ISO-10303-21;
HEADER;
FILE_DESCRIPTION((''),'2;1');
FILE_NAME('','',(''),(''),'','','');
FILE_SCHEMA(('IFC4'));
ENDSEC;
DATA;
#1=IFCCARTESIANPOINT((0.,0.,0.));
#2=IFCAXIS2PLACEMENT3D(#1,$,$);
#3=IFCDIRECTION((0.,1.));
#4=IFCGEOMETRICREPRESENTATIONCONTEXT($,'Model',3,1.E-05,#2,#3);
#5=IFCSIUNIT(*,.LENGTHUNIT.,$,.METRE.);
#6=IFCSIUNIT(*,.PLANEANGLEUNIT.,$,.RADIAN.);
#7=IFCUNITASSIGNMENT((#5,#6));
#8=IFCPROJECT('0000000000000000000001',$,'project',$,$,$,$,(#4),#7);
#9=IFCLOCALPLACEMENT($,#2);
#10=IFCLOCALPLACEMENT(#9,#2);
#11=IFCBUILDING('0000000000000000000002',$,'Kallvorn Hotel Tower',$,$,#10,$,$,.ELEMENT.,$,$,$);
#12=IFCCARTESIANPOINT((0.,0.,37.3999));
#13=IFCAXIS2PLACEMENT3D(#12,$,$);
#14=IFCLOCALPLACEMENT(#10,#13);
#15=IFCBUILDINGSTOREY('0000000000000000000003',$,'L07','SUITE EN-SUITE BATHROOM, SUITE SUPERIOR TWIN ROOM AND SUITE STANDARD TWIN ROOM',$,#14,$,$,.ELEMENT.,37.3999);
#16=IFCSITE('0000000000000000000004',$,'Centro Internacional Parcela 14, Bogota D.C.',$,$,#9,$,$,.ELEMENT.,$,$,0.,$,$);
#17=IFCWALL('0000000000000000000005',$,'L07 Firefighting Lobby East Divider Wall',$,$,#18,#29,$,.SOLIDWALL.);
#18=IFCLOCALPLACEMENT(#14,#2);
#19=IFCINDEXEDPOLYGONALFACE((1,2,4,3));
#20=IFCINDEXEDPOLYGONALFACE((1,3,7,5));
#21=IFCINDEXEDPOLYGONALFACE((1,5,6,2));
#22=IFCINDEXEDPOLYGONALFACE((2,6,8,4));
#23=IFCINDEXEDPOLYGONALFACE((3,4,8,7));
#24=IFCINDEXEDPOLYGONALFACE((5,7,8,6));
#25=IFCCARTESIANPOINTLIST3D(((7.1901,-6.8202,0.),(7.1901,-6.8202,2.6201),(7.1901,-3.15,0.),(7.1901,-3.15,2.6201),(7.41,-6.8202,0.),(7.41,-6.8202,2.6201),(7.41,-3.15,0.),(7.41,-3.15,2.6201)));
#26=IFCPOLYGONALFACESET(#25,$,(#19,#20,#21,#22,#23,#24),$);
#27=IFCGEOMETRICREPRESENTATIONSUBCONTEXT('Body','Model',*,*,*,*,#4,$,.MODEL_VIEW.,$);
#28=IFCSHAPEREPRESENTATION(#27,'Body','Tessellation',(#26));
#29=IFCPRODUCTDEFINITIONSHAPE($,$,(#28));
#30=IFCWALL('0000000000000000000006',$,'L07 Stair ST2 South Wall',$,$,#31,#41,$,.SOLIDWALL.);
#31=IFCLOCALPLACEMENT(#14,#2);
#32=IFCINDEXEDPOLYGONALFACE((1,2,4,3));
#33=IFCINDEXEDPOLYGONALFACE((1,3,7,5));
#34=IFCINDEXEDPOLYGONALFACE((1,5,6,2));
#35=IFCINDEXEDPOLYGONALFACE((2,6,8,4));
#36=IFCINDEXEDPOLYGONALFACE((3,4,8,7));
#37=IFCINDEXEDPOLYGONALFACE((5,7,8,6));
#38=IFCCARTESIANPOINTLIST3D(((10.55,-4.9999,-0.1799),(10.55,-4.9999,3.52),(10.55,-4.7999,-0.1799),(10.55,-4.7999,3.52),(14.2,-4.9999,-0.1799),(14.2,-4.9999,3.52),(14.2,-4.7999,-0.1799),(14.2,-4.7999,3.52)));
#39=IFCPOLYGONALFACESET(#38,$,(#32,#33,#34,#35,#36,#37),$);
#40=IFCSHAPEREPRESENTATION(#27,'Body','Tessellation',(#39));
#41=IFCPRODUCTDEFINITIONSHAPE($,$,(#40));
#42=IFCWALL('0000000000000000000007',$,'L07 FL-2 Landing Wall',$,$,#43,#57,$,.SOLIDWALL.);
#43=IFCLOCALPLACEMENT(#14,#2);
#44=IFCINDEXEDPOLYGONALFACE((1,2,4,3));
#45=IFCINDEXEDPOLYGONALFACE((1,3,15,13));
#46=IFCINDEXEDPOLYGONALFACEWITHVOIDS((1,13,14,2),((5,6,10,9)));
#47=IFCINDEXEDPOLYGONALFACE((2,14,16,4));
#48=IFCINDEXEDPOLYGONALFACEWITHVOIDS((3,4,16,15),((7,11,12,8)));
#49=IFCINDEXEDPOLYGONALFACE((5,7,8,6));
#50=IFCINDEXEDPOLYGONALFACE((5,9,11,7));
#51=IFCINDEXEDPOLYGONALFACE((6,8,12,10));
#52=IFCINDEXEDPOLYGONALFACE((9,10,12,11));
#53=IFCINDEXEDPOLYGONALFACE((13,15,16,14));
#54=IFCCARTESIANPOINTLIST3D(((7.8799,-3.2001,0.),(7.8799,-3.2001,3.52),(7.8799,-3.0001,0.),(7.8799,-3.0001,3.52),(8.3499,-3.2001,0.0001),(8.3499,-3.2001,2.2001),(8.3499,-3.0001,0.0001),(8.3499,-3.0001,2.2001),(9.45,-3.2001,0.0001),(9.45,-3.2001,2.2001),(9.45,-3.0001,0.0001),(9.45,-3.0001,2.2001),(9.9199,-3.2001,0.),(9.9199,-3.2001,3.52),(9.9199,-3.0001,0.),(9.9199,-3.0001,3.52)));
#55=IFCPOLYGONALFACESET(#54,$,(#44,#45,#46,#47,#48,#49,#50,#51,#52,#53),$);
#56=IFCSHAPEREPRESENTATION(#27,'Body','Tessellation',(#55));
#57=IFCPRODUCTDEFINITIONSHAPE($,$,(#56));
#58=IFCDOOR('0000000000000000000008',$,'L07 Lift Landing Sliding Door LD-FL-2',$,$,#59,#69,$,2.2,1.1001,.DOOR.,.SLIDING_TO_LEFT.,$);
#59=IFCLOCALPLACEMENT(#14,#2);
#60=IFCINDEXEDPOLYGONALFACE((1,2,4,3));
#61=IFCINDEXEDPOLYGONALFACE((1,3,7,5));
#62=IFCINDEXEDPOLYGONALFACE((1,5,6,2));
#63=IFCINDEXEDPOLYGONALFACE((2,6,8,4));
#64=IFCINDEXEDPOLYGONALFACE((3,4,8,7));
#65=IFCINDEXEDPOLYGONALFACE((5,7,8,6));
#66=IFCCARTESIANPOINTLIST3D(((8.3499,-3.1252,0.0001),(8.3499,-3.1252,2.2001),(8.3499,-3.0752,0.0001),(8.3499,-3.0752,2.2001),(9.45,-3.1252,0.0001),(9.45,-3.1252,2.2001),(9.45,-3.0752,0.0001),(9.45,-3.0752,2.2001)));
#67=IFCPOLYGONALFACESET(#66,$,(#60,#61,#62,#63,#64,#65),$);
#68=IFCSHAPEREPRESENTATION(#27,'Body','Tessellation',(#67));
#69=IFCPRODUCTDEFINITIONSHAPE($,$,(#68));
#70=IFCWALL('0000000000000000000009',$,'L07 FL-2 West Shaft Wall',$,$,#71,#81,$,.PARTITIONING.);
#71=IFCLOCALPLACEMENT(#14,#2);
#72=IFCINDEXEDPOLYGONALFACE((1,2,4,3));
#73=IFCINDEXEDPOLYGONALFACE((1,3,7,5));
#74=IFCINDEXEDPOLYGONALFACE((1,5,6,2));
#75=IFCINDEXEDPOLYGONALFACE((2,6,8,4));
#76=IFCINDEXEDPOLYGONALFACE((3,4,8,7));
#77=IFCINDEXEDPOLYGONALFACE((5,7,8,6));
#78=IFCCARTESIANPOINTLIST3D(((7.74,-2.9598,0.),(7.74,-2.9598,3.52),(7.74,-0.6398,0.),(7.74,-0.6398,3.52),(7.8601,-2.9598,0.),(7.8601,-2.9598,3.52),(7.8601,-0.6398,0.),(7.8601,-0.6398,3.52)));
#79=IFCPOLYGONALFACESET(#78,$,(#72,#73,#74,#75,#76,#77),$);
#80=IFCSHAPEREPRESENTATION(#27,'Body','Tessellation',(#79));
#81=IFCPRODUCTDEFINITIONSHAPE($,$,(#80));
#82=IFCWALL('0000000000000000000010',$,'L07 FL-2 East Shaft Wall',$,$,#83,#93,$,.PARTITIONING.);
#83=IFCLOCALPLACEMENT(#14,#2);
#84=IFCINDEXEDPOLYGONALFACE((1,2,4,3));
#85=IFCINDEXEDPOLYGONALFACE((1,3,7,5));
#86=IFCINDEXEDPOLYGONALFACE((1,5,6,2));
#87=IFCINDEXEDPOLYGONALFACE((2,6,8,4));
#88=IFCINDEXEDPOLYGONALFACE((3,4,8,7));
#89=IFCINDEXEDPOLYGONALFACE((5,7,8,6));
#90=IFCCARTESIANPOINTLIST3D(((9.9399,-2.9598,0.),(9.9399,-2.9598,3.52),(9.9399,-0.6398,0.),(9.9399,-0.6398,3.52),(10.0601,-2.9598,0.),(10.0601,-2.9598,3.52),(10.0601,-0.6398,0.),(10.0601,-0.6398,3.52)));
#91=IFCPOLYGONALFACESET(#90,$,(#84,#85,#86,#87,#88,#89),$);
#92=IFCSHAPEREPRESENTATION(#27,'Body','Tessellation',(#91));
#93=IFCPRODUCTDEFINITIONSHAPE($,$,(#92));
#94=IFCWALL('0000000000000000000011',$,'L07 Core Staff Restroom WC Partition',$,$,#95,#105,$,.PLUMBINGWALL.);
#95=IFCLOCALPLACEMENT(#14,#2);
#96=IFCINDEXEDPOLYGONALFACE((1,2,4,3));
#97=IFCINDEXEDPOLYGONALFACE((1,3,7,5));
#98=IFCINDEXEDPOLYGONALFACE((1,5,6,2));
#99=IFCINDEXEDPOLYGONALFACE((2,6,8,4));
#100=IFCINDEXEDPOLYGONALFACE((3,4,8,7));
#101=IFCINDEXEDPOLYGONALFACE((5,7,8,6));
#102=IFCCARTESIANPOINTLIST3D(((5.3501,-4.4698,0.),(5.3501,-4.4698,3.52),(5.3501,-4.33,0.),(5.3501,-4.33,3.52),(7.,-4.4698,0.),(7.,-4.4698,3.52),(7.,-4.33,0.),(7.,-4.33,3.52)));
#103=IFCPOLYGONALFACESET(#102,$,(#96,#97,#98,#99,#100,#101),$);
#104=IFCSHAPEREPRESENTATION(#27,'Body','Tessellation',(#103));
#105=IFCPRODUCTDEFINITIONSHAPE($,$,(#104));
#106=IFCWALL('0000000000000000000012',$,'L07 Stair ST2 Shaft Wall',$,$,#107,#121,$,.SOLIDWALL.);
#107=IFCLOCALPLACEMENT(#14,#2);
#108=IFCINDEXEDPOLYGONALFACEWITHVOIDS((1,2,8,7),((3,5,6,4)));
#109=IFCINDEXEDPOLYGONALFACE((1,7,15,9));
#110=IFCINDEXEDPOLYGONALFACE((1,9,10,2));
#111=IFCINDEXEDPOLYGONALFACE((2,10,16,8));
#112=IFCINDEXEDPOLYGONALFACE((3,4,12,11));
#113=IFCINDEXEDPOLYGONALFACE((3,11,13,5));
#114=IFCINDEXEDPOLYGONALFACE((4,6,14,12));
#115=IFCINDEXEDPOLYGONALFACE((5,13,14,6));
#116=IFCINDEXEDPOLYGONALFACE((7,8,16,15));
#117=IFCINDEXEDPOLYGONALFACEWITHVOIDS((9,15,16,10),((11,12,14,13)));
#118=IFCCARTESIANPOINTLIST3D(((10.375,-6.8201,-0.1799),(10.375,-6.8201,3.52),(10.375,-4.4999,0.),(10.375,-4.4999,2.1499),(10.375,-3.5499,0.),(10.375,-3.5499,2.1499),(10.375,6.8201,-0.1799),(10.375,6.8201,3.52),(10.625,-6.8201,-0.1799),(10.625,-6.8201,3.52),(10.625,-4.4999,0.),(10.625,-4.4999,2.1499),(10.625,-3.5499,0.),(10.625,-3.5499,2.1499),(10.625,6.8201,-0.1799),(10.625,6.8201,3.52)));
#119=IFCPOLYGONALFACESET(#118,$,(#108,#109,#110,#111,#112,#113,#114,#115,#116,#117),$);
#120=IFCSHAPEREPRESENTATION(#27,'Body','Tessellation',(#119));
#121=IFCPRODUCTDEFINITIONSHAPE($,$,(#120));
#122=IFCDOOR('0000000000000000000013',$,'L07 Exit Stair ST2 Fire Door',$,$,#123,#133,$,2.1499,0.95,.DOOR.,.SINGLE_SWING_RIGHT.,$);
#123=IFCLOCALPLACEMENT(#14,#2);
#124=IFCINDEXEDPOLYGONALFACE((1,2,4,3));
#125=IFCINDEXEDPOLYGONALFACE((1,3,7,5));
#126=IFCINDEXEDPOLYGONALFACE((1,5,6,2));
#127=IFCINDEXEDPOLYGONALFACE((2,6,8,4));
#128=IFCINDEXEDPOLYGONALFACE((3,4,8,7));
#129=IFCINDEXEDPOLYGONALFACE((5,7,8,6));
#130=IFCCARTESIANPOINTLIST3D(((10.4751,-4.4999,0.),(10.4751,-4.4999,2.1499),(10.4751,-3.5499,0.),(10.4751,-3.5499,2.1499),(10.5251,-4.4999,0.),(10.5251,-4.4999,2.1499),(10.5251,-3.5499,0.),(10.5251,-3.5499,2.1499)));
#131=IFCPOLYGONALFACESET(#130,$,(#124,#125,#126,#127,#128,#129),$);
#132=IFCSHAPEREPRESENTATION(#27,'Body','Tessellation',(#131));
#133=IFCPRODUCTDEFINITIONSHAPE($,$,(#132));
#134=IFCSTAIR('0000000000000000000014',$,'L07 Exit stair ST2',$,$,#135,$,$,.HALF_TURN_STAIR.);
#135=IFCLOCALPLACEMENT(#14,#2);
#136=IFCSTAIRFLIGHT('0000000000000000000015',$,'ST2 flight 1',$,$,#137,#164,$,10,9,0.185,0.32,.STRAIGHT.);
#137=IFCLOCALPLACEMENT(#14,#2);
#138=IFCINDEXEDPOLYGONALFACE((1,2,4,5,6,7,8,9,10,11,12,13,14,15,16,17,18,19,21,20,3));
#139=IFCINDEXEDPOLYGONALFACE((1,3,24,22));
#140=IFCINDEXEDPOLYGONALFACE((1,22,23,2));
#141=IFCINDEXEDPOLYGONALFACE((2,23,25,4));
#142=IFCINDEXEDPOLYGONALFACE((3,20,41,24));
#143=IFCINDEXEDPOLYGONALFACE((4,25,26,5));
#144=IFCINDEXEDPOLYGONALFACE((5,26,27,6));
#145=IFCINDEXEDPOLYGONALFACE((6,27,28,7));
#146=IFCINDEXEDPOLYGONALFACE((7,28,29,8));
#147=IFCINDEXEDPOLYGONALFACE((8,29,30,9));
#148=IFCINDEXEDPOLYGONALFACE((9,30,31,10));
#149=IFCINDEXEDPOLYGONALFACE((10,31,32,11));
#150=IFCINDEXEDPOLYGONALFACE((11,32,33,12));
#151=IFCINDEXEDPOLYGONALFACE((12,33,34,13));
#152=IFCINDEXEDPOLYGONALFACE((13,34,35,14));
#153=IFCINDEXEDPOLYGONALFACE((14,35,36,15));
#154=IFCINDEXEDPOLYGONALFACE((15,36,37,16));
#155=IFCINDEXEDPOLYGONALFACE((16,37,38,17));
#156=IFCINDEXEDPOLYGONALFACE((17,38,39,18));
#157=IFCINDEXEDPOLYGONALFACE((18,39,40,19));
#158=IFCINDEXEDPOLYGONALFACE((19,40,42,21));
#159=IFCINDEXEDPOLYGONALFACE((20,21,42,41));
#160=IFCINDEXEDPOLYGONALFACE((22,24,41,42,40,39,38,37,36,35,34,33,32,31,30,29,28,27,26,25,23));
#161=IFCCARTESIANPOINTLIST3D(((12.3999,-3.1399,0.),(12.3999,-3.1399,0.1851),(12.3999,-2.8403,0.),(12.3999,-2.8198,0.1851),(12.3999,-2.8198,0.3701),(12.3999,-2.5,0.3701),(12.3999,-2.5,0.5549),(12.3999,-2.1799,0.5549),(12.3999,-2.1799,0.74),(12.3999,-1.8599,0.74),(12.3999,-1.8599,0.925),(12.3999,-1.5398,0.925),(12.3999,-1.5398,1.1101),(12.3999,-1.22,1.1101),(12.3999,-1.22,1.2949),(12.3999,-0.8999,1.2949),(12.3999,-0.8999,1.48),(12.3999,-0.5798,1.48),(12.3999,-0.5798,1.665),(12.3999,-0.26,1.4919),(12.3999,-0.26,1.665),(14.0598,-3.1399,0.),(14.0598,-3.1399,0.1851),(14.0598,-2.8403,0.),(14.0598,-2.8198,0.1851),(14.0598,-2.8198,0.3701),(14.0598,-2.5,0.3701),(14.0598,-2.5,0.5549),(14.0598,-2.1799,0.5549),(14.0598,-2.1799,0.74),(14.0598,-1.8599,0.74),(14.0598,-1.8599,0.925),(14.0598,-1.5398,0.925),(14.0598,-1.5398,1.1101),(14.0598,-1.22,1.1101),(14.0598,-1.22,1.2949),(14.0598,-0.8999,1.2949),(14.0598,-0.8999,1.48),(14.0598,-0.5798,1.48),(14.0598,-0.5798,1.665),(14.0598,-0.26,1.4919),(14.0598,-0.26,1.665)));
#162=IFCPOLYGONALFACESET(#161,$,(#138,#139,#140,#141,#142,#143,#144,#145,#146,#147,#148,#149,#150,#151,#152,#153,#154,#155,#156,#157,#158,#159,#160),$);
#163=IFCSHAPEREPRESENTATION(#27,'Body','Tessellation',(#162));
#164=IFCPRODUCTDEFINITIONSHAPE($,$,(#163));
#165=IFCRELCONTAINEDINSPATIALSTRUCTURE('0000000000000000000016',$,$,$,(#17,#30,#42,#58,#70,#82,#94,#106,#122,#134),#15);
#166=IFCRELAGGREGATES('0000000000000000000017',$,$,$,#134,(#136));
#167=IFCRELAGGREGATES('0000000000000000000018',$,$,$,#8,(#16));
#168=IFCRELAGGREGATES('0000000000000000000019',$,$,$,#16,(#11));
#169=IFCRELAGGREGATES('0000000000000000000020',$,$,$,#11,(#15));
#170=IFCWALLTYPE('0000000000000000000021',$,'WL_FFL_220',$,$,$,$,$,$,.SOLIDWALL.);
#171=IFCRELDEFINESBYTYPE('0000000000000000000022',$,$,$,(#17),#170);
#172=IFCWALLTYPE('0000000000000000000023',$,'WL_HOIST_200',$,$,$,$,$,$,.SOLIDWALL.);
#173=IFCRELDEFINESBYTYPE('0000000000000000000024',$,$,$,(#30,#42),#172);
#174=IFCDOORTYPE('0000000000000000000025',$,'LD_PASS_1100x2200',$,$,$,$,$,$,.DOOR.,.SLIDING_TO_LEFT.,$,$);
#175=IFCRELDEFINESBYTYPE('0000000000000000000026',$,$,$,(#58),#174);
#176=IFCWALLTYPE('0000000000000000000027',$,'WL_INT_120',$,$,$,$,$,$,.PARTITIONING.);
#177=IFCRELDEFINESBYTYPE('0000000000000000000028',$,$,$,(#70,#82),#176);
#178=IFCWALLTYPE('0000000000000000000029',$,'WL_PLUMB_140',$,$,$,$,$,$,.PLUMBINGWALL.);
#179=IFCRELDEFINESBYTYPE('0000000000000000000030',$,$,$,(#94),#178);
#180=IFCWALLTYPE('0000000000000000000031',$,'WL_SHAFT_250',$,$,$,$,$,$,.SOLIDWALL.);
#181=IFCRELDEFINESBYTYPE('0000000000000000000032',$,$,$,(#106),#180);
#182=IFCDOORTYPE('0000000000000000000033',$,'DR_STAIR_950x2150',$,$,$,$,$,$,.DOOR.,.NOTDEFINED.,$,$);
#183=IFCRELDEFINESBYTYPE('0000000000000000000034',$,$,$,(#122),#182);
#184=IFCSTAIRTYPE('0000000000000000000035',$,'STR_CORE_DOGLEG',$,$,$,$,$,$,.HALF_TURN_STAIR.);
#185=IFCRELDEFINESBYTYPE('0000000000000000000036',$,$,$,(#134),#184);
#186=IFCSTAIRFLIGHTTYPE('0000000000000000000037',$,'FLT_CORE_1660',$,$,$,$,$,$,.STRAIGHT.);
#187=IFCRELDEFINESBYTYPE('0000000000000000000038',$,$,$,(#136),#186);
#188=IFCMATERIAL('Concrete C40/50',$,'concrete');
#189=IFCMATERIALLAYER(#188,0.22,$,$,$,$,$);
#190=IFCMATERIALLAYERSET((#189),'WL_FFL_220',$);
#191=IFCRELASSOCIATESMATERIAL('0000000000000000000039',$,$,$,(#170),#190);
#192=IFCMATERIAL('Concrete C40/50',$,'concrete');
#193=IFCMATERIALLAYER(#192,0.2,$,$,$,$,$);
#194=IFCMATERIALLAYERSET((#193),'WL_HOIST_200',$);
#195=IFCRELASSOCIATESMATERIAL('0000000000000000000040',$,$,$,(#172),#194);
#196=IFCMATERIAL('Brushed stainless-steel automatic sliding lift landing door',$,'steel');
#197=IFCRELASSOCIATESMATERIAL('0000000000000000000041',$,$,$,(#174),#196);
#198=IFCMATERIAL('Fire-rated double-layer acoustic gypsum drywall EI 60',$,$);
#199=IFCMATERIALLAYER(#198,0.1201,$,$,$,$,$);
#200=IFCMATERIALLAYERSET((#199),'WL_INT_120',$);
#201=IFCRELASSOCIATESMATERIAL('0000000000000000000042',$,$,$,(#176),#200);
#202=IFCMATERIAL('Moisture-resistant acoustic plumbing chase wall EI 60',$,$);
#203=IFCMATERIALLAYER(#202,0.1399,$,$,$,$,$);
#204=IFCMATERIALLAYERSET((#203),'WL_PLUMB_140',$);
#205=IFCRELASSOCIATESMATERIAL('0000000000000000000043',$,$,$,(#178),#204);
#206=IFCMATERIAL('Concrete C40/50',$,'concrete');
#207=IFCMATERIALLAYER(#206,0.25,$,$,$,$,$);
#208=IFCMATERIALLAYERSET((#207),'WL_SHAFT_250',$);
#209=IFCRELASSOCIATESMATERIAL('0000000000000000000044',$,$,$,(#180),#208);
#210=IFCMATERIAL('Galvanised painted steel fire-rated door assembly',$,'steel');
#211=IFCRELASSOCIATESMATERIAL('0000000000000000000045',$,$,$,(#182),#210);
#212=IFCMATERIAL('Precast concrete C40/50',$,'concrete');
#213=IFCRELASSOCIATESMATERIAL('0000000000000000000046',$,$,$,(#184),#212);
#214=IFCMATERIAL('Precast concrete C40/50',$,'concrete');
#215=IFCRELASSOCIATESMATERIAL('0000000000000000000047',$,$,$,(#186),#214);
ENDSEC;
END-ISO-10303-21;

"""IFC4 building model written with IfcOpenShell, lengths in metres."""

from ifc_helpers import new_model, si_unit, direction, frame, frame_2d, origin, place, context, subcontext, project, spatial, polyline, rectangle, outline, extrude, material, layer, layer_set, type_object, element, fill, aggregate, save


model = new_model("IFC4")

# Units and contexts
model_context = context("Model", 3, precision=1e-05, world=origin(), true_north=direction((0.0, 1.0)))
body_context = subcontext(model_context, "Body", "Model", "MODEL_VIEW")
ifc_project = project(units=[si_unit("LENGTHUNIT", "METRE"), si_unit("PLANEANGLEUNIT", "RADIAN")], contexts=[model_context])

# Site, building, storey
site_placement = place(None, origin())
site = spatial("IfcSite", under=ifc_project, at=site_placement, Name="Centro Internacional Parcela 14, Bogota D.C.", CompositionType="ELEMENT", RefElevation=0.0)
building_placement = place(site_placement, origin())
building = spatial("IfcBuilding", under=site, at=building_placement, Name="Kallvorn Hotel Tower", CompositionType="ELEMENT")
storey_placement = place(building_placement, frame((0.0, 0.0, 37.3999)))
storey = spatial("IfcBuildingStorey", under=building, at=storey_placement, Name="L07", Description="SUITE EN-SUITE BATHROOM, SUITE SUPERIOR TWIN ROOM AND SUITE STANDARD TWIN ROOM", CompositionType="ELEMENT", Elevation=37.3999)

# Walls
ifc_material_1 = material(Name="Concrete C40/50", Category="concrete")
ifc_layer_1 = layer(ifc_material_1, 0.22)
ifc_layer_set_1 = layer_set([ifc_layer_1], Name="WL_FFL_220")
wall_type_1 = type_object("IfcWallType", Name="WL_FFL_220", PredefinedType="SOLIDWALL", material=ifc_layer_set_1)
wall_1_placement = place(storey_placement, frame((7.3, -6.8201, 0.0), z_axis=(0.0, 0.0, 1.0), x_axis=(0.0, 1.0, 0.0)))
element("IfcWall", 1, at=wall_1_placement, inside=storey, type_object=wall_type_1, Name="L07 Firefighting Lobby East Divider Wall", PredefinedType="SOLIDWALL", context=body_context, shape_type="SweptSolid", body=[
    extrude(rectangle(XDim=3.6702, YDim=0.22, at=frame_2d((1.835, 0.0))), origin(), (0.0, 0.0, 1.0), 2.6201),
])
ifc_material_2 = material(Name="Concrete C40/50", Category="concrete")
ifc_layer_2 = layer(ifc_material_2, 0.2)
ifc_layer_set_2 = layer_set([ifc_layer_2], Name="WL_HOIST_200")
wall_type_2 = type_object("IfcWallType", Name="WL_HOIST_200", PredefinedType="SOLIDWALL", material=ifc_layer_set_2)
wall_2_placement = place(storey_placement, frame((10.55, -4.8999, -0.1799), z_axis=(0.0, 0.0, 1.0), x_axis=(1.0, 0.0, 0.0)))
element("IfcWall", 2, at=wall_2_placement, inside=storey, type_object=wall_type_2, Name="L07 Stair ST2 South Wall", PredefinedType="SOLIDWALL", context=body_context, shape_type="SweptSolid", body=[
    extrude(rectangle(XDim=3.6499, YDim=0.2, at=frame_2d((1.825, 0.0))), origin(), (0.0, 0.0, 1.0), 3.7),
])

# Wall, opening, door
wall_3_placement = place(storey_placement, frame((7.8799, -3.1001, 0.0), z_axis=(0.0, 0.0, 1.0), x_axis=(1.0, 0.0, 0.0)))
wall_3 = element("IfcWall", 3, at=wall_3_placement, inside=storey, type_object=wall_type_2, Name="L07 FL-2 Landing Wall", PredefinedType="SOLIDWALL", context=body_context, shape_type="SweptSolid", body=[
    extrude(rectangle(XDim=2.04, YDim=0.2, at=frame_2d((1.02, 0.0))), origin(), (0.0, 0.0, 1.0), 3.52),
])
opening_1_placement = place(wall_3_placement, frame((0.47, 0.0, 0.0)))
opening_1 = element("IfcOpeningElement", 4, at=opening_1_placement, cuts=wall_3, PredefinedType="OPENING", context=body_context, shape_type="SweptSolid", body=[
    extrude(rectangle(XDim=1.1001, YDim=2.2, at=frame_2d((0.55, 1.1001))), frame((0.0, 0.115, 0.0), z_axis=(0.0, -1.0, 0.0), x_axis=(1.0, 0.0, 0.0)), (0.0, 0.0, 1.0), 0.23),
])
ifc_material_3 = material(Name="Brushed stainless-steel automatic sliding lift landing door", Category="steel")
door_type_1 = type_object("IfcDoorType", Name="LD_PASS_1100x2200", OperationType="SLIDING_TO_LEFT", PredefinedType="DOOR", material=ifc_material_3)
door_1_placement = place(opening_1_placement, origin())
door_1 = element("IfcDoor", 5, at=door_1_placement, inside=storey, type_object=door_type_1, Name="L07 Lift Landing Sliding Door LD-FL-2", OperationType="SLIDING_TO_LEFT", OverallHeight=2.2, OverallWidth=1.1001, PredefinedType="DOOR", context=body_context, shape_type="SweptSolid", body=[
    extrude(rectangle(XDim=1.1001, YDim=2.2, at=frame_2d((0.55, 1.1001))), frame((0.0, 0.0249, 0.0), z_axis=(0.0, -1.0, 0.0), x_axis=(1.0, 0.0, 0.0)), (0.0, 0.0, 1.0), 0.05),
])
fill(opening_1, door_1)

# Walls
ifc_material_4 = material(Name="Fire-rated double-layer acoustic gypsum drywall EI 60")
ifc_layer_3 = layer(ifc_material_4, 0.1201)
ifc_layer_set_3 = layer_set([ifc_layer_3], Name="WL_INT_120")
wall_type_3 = type_object("IfcWallType", Name="WL_INT_120", PredefinedType="PARTITIONING", material=ifc_layer_set_3)
for number, where, z_axis, x_axis, name in (
    (6, (7.8, -2.96, 0.0), (0.0, 0.0, 1.0), (0.0, 1.0, 0.0), "L07 FL-2 West Shaft Wall"),
    (7, (10.0, -2.96, 0.0), (0.0, 0.0, 1.0), (0.0, 1.0, 0.0), "L07 FL-2 East Shaft Wall"),
):
    element("IfcWall", number, at=place(storey_placement, frame(where, z_axis=z_axis, x_axis=x_axis)), inside=storey, type_object=wall_type_3, Name=name, PredefinedType="PARTITIONING", context=body_context, shape_type="SweptSolid", body=[
        extrude(rectangle(XDim=2.3201, YDim=0.1201, at=frame_2d((1.1602, 0.0))), origin(), (0.0, 0.0, 1.0), 3.52),
    ])
ifc_material_5 = material(Name="Moisture-resistant acoustic plumbing chase wall EI 60")
ifc_layer_4 = layer(ifc_material_5, 0.1399)
ifc_layer_set_4 = layer_set([ifc_layer_4], Name="WL_PLUMB_140")
wall_type_4 = type_object("IfcWallType", Name="WL_PLUMB_140", PredefinedType="PLUMBINGWALL", material=ifc_layer_set_4)
wall_4_placement = place(storey_placement, frame((5.3501, -4.3999, 0.0), z_axis=(0.0, 0.0, 1.0), x_axis=(1.0, 0.0, 0.0)))
element("IfcWall", 8, at=wall_4_placement, inside=storey, type_object=wall_type_4, Name="L07 Core Staff Restroom WC Partition", PredefinedType="PLUMBINGWALL", context=body_context, shape_type="SweptSolid", body=[
    extrude(rectangle(XDim=1.6499, YDim=0.1399, at=frame_2d((0.825, 0.0))), origin(), (0.0, 0.0, 1.0), 3.52),
])

# Wall, opening, door
ifc_material_6 = material(Name="Concrete C40/50", Category="concrete")
ifc_layer_5 = layer(ifc_material_6, 0.25)
ifc_layer_set_5 = layer_set([ifc_layer_5], Name="WL_SHAFT_250")
wall_type_5 = type_object("IfcWallType", Name="WL_SHAFT_250", PredefinedType="SOLIDWALL", material=ifc_layer_set_5)
wall_5_placement = place(storey_placement, frame((10.5, -6.8201, -0.1799), z_axis=(0.0, 0.0, 1.0), x_axis=(0.0, 1.0, 0.0)))
wall_5 = element("IfcWall", 9, at=wall_5_placement, inside=storey, type_object=wall_type_5, Name="L07 Stair ST2 Shaft Wall", PredefinedType="SOLIDWALL", context=body_context, shape_type="SweptSolid", body=[
    extrude(rectangle(XDim=13.6401, YDim=0.25, at=frame_2d((6.8201, 0.0))), origin(), (0.0, 0.0, 1.0), 3.7),
])
opening_2_placement = place(wall_5_placement, frame((2.3201, 0.0, 0.1799)))
opening_2 = element("IfcOpeningElement", 10, at=opening_2_placement, cuts=wall_5, PredefinedType="OPENING", context=body_context, shape_type="SweptSolid", body=[
    extrude(rectangle(XDim=0.95, YDim=2.1499, at=frame_2d((0.4751, 1.075))), frame((0.0, 0.1399, 0.0), z_axis=(0.0, -1.0, 0.0), x_axis=(1.0, 0.0, 0.0)), (0.0, 0.0, 1.0), 0.28),
])
ifc_material_7 = material(Name="Galvanised painted steel fire-rated door assembly", Category="steel")
door_type_2 = type_object("IfcDoorType", Name="DR_STAIR_950x2150", OperationType="NOTDEFINED", PredefinedType="DOOR", material=ifc_material_7)
door_2_placement = place(opening_2_placement, origin())
door_2 = element("IfcDoor", 11, at=door_2_placement, inside=storey, type_object=door_type_2, Name="L07 Exit Stair ST2 Fire Door", OperationType="SINGLE_SWING_RIGHT", OverallHeight=2.1499, OverallWidth=0.95, PredefinedType="DOOR", context=body_context, shape_type="SweptSolid", body=[
    extrude(rectangle(XDim=0.95, YDim=2.1499, at=frame_2d((0.4751, 1.075))), frame((0.0, 0.0249, 0.0), z_axis=(0.0, -1.0, 0.0), x_axis=(1.0, 0.0, 0.0)), (0.0, 0.0, 1.0), 0.05),
])
fill(opening_2, door_2)

# Stair, stair flight
ifc_material_8 = material(Name="Precast concrete C40/50", Category="concrete")
stair_type = type_object("IfcStairType", Name="STR_CORE_DOGLEG", PredefinedType="HALF_TURN_STAIR", material=ifc_material_8)
stair_placement = place(storey_placement, origin())
stair = element("IfcStair", 12, at=stair_placement, inside=storey, type_object=stair_type, Name="L07 Exit stair ST2", PredefinedType="HALF_TURN_STAIR")
ifc_material_9 = material(Name="Precast concrete C40/50", Category="concrete")
stair_flight_type = type_object("IfcStairFlightType", Name="FLT_CORE_1660", PredefinedType="STRAIGHT", material=ifc_material_9)
stair_flight_placement = place(storey_placement, frame((13.23, -3.1399, 0.0), z_axis=(0.0, 0.0, 1.0), x_axis=(0.0, 1.0, 0.0)))
stair_flight = element("IfcStairFlight", 13, at=stair_flight_placement, type_object=stair_flight_type, Name="ST2 flight 1", NumberOfRisers=10, NumberOfTreads=9, PredefinedType="STRAIGHT", RiserHeight=0.185, TreadLength=0.32, context=body_context, shape_type="SweptSolid", body=[
    extrude(outline(polyline([(0.0, 0.0), (0.0, 0.1851), (0.3201, 0.1851), (0.3201, 0.3701), (0.6399, 0.3701), (0.6399, 0.5549), (0.96, 0.5549), (0.96, 0.74), (1.28, 0.74), (1.28, 0.925), (1.6001, 0.925), (1.6001, 1.1101), (1.9199, 1.1101), (1.9199, 1.2949), (2.24, 1.2949), (2.24, 1.48), (2.5601, 1.48), (2.5601, 1.665), (2.8799, 1.665), (2.8799, 1.8501), (2.8799, 1.4919), (0.2996, 0.0), (0.0, 0.0)])), frame((0.0, 0.8301, 0.0), z_axis=(0.0, -1.0, 0.0), x_axis=(1.0, 0.0, 0.0)), (0.0, 0.0, 1.0), 1.6599),
])
aggregate(stair, [stair_flight])

save(model, "model.ifc")
